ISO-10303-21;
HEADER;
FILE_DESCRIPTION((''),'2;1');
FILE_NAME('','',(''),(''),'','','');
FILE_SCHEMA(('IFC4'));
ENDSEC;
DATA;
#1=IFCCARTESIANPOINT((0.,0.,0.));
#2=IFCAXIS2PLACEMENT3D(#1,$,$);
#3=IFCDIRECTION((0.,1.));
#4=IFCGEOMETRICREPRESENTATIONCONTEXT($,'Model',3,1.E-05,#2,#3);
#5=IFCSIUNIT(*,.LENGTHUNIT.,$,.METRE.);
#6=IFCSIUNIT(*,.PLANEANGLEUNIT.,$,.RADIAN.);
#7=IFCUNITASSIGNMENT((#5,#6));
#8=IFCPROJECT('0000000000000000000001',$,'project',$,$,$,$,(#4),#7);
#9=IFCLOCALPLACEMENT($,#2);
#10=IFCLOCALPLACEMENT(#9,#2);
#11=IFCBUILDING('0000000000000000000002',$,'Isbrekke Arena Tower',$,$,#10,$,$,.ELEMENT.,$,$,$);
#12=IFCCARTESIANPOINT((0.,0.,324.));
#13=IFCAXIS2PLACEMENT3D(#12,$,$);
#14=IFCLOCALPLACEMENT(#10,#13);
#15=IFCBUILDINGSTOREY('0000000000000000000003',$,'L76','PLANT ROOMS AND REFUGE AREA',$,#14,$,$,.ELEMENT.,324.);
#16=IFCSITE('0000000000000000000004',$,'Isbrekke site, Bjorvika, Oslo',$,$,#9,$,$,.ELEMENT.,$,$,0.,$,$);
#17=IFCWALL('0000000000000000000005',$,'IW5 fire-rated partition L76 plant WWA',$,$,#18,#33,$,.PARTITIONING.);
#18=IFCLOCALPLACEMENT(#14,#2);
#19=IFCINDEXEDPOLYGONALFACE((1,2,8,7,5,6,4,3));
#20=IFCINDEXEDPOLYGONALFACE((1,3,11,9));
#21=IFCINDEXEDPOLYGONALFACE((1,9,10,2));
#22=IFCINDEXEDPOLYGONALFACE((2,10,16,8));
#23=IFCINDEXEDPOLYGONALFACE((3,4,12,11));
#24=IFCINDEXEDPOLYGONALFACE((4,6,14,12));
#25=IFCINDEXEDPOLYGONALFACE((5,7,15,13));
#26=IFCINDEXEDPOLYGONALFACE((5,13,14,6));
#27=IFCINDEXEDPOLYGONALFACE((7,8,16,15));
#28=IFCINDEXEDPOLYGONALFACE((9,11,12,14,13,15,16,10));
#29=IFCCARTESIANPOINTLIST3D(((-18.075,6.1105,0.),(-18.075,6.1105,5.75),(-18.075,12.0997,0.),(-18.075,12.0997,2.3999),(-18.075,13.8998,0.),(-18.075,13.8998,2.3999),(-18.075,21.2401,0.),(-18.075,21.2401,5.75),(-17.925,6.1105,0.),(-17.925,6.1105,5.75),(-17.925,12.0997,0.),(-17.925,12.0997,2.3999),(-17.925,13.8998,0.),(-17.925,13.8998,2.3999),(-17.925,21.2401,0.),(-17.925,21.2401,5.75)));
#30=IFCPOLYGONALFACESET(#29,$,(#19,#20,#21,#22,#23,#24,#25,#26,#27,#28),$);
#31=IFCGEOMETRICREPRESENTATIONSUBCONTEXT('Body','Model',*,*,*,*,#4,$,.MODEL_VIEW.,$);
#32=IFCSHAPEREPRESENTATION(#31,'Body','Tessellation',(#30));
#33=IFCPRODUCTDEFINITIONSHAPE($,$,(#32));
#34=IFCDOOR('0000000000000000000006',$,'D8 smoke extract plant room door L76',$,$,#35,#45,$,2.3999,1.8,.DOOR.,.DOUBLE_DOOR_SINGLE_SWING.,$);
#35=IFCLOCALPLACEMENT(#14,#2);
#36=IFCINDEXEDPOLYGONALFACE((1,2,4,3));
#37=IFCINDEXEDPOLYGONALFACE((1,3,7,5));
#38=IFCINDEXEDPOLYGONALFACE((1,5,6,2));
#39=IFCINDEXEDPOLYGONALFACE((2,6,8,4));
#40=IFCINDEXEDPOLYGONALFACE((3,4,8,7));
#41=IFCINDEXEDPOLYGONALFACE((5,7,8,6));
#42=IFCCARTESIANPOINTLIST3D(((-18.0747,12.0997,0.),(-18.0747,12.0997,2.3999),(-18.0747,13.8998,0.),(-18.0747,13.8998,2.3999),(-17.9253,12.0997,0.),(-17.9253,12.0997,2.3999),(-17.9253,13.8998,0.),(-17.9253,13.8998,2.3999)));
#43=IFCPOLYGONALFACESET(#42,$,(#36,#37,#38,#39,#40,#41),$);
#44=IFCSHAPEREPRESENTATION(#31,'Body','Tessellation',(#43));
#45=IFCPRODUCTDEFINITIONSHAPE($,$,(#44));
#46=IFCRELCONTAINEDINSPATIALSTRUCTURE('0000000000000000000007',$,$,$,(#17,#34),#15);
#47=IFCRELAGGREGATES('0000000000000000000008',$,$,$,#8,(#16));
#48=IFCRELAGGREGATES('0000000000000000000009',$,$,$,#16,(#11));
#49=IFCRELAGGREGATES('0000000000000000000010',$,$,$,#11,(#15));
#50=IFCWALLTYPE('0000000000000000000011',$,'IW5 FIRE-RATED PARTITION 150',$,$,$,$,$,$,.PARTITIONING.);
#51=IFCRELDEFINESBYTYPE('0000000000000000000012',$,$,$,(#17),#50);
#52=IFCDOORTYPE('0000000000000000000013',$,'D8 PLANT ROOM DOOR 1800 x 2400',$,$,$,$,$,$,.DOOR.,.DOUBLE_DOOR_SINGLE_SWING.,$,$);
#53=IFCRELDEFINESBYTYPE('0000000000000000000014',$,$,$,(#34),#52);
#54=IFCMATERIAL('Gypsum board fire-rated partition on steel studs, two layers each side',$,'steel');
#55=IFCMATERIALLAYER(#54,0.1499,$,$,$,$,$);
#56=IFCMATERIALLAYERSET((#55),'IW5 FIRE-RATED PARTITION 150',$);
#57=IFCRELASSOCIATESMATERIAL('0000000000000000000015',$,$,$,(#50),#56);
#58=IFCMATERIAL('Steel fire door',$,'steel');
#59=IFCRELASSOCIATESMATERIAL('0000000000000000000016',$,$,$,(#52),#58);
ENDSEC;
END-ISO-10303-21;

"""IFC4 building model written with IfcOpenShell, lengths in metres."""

from ifc_helpers import new_model, si_unit, direction, frame, frame_2d, origin, place, context, subcontext, project, spatial, rectangle, extrude, material, layer, layer_set, type_object, element, fill, save


model = new_model("IFC4")

# Units and contexts
model_context = context("Model", 3, precision=1e-05, world=origin(), true_north=direction((0.0, 1.0)))
body_context = subcontext(model_context, "Body", "Model", "MODEL_VIEW")
ifc_project = project(units=[si_unit("LENGTHUNIT", "METRE"), si_unit("PLANEANGLEUNIT", "RADIAN")], contexts=[model_context])

# Site, building, storey
site_placement = place(None, origin())
site = spatial("IfcSite", under=ifc_project, at=site_placement, Name="Isbrekke site, Bjorvika, Oslo", CompositionType="ELEMENT", RefElevation=0.0)
building_placement = place(site_placement, origin())
building = spatial("IfcBuilding", under=site, at=building_placement, Name="Isbrekke Arena Tower", CompositionType="ELEMENT")
storey_placement = place(building_placement, frame((0.0, 0.0, 324.0)))
storey = spatial("IfcBuildingStorey", under=building, at=storey_placement, Name="L76", Description="PLANT ROOMS AND REFUGE AREA", CompositionType="ELEMENT", Elevation=324.0)

# Wall, opening, door
ifc_material_1 = material(Name="Gypsum board fire-rated partition on steel studs, two layers each side", Category="steel")
ifc_layer_1 = layer(ifc_material_1, 0.1499)
ifc_layer_set_1 = layer_set([ifc_layer_1], Name="IW5 FIRE-RATED PARTITION 150")
wall_type_1 = type_object("IfcWallType", Name="IW5 FIRE-RATED PARTITION 150", PredefinedType="PARTITIONING", material=ifc_layer_set_1)
wall_1_placement = place(storey_placement, frame((-18.0, 6.1104, 0.0), z_axis=(0.0, 0.0, 1.0), x_axis=(0.0, 1.0, 0.0)))
wall_1 = element("IfcWall", 1, at=wall_1_placement, inside=storey, type_object=wall_type_1, Name="IW5 fire-rated partition L76 plant WWA", PredefinedType="PARTITIONING", context=body_context, shape_type="SweptSolid", body=[
    extrude(rectangle(XDim=15.1296, YDim=0.1499, at=frame_2d((7.5649, 0.0))), origin(), (0.0, 0.0, 1.0), 5.75),
])
opening_1_placement = place(wall_1_placement, frame((5.9895, 0.0, 0.0)))
opening_1 = element("IfcOpeningElement", 2, at=opening_1_placement, cuts=wall_1, PredefinedType="OPENING", context=body_context, shape_type="SweptSolid", body=[
    extrude(rectangle(XDim=1.8, YDim=2.3999, at=frame_2d((0.8999, 1.2))), frame((0.0, 0.0898, 0.0), z_axis=(0.0, -1.0, 0.0), x_axis=(1.0, 0.0, 0.0)), (0.0, 0.0, 1.0), 0.1797),
])
ifc_material_2 = material(Name="Steel fire door", Category="steel")
door_type_1 = type_object("IfcDoorType", Name="D8 PLANT ROOM DOOR 1800 x 2400", OperationType="DOUBLE_DOOR_SINGLE_SWING", PredefinedType="DOOR", material=ifc_material_2)
door_1_placement = place(opening_1_placement, origin())
door_1 = element("IfcDoor", 3, at=door_1_placement, inside=storey, type_object=door_type_1, Name="D8 smoke extract plant room door L76", OperationType="DOUBLE_DOOR_SINGLE_SWING", OverallHeight=2.3999, OverallWidth=1.8, PredefinedType="DOOR", context=body_context, shape_type="SweptSolid", body=[
    extrude(rectangle(XDim=1.8, YDim=2.3999, at=frame_2d((0.8999, 1.2))), frame((0.0, 0.0747, 0.0), z_axis=(0.0, -1.0, 0.0), x_axis=(1.0, 0.0, 0.0)), (0.0, 0.0, 1.0), 0.1494),
])
fill(opening_1, door_1)

save(model, "model.ifc")
